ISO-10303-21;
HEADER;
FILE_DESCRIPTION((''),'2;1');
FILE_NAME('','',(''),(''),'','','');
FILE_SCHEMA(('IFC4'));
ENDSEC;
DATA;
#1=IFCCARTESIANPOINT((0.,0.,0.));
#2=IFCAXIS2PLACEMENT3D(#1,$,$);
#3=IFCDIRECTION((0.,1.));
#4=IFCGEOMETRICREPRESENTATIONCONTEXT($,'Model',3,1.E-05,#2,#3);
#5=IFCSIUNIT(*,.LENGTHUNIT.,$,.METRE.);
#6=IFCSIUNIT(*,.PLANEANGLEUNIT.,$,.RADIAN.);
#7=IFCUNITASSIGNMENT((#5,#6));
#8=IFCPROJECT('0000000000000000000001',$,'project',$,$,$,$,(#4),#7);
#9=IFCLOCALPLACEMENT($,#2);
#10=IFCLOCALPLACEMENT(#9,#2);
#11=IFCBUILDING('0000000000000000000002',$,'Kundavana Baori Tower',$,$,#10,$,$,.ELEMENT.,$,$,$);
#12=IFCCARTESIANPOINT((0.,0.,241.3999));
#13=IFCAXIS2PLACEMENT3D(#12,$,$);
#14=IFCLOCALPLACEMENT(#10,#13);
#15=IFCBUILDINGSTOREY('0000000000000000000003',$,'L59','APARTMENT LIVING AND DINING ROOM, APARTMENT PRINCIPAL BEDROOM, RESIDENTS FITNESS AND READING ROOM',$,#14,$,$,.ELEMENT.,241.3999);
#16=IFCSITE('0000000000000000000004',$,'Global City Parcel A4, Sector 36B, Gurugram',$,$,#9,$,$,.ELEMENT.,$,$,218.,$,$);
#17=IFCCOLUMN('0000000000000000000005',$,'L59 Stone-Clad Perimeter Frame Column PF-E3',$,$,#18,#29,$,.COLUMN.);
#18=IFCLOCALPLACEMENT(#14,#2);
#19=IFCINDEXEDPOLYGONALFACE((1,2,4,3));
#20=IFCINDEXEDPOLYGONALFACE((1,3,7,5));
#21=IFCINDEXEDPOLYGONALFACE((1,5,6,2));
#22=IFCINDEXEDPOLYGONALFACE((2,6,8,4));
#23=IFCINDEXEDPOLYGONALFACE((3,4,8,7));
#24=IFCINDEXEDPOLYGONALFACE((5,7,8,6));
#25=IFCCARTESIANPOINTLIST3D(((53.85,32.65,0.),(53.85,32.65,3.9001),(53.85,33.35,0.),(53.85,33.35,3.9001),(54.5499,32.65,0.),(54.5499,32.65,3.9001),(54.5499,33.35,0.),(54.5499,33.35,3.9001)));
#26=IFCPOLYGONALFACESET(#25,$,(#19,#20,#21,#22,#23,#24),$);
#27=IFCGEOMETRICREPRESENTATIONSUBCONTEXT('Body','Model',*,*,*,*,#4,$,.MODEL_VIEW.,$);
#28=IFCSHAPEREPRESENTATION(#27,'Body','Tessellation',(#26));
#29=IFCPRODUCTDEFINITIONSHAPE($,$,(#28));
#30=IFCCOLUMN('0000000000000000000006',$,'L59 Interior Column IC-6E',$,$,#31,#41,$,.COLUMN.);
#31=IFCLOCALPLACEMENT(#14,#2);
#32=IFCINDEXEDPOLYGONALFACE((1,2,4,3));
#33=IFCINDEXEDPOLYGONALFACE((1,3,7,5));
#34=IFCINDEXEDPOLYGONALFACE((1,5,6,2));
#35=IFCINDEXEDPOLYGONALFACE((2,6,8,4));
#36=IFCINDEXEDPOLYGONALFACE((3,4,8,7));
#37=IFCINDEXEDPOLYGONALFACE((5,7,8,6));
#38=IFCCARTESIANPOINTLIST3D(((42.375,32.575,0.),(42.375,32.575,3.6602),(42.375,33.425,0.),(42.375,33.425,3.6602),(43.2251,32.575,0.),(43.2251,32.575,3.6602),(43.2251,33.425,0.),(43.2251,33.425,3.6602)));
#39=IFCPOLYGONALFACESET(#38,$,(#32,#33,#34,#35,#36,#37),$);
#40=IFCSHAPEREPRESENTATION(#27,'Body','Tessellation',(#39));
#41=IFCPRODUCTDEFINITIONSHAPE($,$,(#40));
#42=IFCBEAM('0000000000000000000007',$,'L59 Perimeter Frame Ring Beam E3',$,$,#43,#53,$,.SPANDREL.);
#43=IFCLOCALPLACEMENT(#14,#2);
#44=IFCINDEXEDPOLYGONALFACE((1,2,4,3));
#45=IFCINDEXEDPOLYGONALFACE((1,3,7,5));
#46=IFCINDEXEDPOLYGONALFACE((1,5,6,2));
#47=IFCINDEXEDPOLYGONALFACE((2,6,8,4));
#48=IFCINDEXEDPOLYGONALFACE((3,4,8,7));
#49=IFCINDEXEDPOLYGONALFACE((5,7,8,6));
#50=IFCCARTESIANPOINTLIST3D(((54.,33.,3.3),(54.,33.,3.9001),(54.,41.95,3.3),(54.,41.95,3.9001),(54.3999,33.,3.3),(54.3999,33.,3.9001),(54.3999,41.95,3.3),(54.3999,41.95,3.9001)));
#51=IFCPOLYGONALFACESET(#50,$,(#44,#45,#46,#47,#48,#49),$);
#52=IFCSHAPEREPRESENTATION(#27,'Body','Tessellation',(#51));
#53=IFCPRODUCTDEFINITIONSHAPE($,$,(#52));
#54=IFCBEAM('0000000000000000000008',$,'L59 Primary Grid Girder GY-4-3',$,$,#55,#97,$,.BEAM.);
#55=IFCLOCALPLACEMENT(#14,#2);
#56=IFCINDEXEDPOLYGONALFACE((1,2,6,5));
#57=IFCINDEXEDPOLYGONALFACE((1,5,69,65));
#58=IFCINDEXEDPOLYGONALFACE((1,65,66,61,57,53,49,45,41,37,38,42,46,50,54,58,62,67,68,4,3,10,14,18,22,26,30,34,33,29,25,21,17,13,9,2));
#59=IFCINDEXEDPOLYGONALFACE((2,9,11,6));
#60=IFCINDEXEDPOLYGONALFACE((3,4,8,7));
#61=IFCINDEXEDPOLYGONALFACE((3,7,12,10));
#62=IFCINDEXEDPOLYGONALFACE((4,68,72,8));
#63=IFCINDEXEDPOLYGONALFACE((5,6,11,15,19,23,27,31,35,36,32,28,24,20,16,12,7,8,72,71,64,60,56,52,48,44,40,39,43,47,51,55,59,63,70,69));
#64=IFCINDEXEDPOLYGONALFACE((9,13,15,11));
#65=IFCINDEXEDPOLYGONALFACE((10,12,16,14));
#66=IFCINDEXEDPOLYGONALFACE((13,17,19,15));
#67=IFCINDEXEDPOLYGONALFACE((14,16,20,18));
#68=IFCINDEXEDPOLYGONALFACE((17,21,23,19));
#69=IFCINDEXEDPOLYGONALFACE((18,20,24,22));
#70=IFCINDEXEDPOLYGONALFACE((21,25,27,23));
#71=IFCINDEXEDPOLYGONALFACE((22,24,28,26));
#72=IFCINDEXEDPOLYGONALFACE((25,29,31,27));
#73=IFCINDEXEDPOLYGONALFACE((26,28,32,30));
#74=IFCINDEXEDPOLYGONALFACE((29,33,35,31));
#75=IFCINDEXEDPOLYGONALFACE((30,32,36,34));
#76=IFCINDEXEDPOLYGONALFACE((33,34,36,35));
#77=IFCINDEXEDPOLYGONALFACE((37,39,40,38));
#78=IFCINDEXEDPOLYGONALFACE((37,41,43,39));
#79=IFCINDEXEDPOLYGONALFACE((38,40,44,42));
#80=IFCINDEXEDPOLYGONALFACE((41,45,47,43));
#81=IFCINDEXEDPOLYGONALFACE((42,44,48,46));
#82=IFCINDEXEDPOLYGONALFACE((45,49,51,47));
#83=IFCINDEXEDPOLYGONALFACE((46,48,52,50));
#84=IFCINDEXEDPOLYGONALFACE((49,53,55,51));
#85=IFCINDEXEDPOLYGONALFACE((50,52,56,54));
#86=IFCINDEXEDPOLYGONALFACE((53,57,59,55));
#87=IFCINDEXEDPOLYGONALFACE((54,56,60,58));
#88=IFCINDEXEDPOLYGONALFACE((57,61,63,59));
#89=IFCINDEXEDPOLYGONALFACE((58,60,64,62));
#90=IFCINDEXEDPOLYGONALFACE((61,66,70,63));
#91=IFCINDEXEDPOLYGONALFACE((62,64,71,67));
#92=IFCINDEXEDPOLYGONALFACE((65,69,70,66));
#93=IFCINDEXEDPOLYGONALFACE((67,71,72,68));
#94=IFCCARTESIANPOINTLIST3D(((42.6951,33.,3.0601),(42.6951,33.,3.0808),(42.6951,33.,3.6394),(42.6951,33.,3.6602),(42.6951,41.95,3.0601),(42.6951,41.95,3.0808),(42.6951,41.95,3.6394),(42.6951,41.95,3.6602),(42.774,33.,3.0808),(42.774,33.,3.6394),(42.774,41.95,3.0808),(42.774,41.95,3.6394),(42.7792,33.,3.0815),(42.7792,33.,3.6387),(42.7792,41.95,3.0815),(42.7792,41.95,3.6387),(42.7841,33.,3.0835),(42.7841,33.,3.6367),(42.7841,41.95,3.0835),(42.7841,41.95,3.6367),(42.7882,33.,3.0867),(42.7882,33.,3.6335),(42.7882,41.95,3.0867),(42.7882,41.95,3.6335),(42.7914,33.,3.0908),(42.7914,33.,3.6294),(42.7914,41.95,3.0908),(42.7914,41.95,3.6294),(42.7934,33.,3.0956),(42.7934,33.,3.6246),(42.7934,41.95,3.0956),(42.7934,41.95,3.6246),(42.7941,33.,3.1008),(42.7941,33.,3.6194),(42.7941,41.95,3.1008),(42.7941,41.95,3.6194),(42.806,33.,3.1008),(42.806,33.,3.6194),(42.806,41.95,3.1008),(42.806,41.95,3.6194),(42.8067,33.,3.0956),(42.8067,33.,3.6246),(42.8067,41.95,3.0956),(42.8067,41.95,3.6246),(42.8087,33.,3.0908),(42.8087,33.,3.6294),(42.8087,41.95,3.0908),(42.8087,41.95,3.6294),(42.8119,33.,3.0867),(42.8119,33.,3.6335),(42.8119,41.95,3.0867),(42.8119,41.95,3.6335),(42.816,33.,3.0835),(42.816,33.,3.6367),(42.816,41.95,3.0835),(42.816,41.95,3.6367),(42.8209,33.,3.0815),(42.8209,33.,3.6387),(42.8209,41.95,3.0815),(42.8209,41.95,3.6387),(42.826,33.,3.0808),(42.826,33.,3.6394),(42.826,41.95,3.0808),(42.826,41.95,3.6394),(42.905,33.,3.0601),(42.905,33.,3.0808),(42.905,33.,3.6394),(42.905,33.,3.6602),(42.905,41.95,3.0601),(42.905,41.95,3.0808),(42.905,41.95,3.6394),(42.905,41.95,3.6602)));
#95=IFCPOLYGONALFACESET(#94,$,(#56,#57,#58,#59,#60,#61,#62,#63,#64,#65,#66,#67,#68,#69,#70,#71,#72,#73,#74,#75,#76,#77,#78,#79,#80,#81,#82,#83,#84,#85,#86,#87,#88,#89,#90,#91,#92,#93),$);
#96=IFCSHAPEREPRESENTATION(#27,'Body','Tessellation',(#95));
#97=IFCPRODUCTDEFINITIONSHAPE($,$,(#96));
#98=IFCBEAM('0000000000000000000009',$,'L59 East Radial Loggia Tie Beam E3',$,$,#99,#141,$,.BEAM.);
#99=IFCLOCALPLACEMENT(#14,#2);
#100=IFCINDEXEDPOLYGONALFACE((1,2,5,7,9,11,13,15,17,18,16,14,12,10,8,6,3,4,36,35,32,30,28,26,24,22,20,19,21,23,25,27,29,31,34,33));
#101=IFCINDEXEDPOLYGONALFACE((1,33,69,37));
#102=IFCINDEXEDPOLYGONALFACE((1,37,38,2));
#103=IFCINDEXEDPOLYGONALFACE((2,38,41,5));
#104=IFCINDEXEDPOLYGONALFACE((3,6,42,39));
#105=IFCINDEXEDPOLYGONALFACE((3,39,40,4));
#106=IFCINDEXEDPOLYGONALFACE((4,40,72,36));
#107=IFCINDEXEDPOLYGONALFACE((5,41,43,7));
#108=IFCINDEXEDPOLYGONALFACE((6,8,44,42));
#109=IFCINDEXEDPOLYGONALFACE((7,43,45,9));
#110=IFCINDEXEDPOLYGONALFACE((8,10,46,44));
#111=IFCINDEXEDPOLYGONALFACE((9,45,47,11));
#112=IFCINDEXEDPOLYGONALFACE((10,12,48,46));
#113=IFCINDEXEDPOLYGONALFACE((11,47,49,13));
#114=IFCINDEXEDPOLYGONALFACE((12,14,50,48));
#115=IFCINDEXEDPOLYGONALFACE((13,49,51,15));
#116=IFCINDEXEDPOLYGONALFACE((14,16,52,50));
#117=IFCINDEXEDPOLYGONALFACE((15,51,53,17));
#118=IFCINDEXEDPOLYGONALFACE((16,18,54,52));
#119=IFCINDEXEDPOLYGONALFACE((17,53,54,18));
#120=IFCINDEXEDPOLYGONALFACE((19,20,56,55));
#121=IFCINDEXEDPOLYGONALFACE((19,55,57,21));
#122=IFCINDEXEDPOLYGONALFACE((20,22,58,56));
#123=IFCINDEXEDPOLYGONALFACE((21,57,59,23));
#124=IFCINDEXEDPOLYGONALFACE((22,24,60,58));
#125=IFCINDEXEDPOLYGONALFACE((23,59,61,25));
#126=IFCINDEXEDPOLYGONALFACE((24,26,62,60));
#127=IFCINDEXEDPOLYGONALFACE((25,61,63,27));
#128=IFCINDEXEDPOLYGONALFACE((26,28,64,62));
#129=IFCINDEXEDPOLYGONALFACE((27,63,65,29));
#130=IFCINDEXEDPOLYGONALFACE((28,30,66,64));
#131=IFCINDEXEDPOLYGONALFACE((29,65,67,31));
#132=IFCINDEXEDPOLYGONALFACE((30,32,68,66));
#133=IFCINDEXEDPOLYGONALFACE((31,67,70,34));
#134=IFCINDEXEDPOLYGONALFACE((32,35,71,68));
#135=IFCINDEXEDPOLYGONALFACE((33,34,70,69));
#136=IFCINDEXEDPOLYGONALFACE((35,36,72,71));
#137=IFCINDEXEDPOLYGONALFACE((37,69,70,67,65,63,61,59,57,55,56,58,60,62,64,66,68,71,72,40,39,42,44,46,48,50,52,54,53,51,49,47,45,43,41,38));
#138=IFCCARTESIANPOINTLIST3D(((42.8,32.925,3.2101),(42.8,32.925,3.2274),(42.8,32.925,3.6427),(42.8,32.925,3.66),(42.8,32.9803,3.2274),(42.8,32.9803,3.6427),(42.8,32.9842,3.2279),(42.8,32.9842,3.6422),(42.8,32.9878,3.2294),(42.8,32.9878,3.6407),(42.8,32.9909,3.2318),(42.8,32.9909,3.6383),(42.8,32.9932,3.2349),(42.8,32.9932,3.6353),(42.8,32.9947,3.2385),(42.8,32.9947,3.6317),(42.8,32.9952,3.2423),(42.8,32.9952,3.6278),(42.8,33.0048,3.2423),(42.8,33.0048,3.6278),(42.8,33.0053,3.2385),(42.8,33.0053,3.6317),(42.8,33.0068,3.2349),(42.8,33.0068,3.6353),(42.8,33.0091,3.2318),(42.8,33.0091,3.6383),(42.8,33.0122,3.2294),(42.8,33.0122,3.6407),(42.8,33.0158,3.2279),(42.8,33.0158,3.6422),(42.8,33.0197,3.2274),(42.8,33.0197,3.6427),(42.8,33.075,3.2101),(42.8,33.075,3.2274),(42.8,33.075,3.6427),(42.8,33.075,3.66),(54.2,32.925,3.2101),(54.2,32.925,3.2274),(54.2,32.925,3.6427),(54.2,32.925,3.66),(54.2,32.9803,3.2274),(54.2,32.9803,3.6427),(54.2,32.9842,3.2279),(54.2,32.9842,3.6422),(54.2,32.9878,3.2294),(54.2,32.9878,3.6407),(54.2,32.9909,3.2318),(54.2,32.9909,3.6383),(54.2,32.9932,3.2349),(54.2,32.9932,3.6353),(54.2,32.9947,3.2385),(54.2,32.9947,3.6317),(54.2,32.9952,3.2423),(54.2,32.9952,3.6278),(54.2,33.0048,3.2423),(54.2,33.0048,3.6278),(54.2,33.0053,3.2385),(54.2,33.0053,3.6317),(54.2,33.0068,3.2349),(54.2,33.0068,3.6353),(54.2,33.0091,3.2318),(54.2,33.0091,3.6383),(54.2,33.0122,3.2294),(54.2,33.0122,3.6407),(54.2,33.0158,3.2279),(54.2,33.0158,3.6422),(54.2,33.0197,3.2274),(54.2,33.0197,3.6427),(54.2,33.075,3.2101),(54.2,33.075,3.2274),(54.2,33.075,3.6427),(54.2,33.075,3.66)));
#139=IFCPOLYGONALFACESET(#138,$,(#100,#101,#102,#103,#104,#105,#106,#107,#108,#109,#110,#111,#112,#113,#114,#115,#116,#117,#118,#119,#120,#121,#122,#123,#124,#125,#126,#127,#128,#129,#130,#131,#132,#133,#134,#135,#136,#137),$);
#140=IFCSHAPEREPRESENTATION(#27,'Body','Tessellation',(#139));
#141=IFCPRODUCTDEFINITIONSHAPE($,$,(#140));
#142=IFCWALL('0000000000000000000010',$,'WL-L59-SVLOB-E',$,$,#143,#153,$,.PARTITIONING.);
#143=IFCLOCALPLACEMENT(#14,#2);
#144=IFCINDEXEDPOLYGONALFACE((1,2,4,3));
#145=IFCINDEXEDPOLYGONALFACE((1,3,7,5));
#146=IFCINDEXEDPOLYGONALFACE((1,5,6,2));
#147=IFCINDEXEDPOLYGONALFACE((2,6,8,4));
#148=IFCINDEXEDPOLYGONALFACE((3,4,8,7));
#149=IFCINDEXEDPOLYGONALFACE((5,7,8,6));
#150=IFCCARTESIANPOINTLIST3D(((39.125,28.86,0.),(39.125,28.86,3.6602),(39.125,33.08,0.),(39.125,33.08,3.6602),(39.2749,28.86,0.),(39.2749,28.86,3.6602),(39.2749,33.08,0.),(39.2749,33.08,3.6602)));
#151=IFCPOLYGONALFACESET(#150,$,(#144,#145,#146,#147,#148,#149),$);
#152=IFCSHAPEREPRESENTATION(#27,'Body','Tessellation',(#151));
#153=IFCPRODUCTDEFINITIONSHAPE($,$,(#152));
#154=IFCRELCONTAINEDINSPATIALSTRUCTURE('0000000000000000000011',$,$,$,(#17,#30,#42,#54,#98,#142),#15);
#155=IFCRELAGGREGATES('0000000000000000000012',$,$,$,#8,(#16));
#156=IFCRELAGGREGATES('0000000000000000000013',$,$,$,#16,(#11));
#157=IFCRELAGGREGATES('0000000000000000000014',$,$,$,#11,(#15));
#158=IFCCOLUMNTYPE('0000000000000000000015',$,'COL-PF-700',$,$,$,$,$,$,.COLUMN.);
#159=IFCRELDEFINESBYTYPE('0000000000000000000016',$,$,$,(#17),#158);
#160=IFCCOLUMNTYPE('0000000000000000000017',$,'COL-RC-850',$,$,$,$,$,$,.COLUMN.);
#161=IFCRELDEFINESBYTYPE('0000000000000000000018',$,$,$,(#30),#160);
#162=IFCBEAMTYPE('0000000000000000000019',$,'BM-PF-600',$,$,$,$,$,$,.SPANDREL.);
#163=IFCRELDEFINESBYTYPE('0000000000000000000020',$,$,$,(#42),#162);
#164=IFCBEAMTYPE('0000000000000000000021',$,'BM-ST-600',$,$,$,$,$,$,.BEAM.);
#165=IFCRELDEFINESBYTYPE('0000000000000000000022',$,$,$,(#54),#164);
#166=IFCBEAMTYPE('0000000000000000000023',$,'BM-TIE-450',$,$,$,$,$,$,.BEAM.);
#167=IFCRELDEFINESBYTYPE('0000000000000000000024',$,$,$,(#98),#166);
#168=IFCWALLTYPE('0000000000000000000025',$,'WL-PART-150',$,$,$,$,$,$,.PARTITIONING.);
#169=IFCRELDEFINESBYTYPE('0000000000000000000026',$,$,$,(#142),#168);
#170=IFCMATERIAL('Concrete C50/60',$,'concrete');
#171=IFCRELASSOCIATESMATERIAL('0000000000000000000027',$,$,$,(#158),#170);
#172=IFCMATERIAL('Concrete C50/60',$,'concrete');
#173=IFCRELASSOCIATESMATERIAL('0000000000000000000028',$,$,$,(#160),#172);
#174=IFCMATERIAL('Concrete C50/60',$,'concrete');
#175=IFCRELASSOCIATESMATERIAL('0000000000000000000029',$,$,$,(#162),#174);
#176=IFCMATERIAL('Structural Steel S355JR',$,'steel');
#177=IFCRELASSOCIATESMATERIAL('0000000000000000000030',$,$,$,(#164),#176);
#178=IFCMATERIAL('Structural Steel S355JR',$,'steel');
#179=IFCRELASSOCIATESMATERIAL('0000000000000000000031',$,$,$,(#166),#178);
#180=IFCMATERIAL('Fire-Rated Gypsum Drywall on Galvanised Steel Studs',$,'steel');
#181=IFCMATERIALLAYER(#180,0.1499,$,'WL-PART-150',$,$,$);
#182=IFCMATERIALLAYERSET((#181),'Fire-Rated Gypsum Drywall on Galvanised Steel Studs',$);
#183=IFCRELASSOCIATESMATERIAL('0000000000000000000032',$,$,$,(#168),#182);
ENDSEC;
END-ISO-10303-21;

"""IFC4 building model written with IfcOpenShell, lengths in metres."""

from ifc_helpers import new_model, si_unit, direction, frame, frame_2d, origin, origin_2d, place, context, subcontext, project, spatial, rectangle, i_section, extrude, material, layer, layer_set, material_profile, profile_set, type_object, element, save


model = new_model("IFC4")

# Units and contexts
model_context = context("Model", 3, precision=1e-05, world=origin(), true_north=direction((0.0, 1.0)))
body_context = subcontext(model_context, "Body", "Model", "MODEL_VIEW")
ifc_project = project(units=[si_unit("LENGTHUNIT", "METRE"), si_unit("PLANEANGLEUNIT", "RADIAN")], contexts=[model_context])

# Site, building, storey
site_placement = place(None, origin())
site = spatial("IfcSite", under=ifc_project, at=site_placement, Name="Global City Parcel A4, Sector 36B, Gurugram", CompositionType="ELEMENT", RefElevation=218.0)
building_placement = place(site_placement, origin())
building = spatial("IfcBuilding", under=site, at=building_placement, Name="Kundavana Baori Tower", CompositionType="ELEMENT")
storey_placement = place(building_placement, frame((0.0, 0.0, 241.3999)))
storey = spatial("IfcBuildingStorey", under=building, at=storey_placement, Name="L59", Description="APARTMENT LIVING AND DINING ROOM, APARTMENT PRINCIPAL BEDROOM, RESIDENTS FITNESS AND READING ROOM", CompositionType="ELEMENT", Elevation=241.3999)

# Columns
ifc_material_1 = material(Name="Concrete C50/60", Category="concrete")
ifc_material_profile_1 = material_profile(ifc_material_1, rectangle(XDim=0.7, YDim=0.7, at=origin_2d()), Name="RC PF 700x700")
ifc_profile_set_1 = profile_set([ifc_material_profile_1], Name="Concrete C50/60")
column_type_1 = type_object("IfcColumnType", Name="COL-PF-700", PredefinedType="COLUMN", material=ifc_profile_set_1)
column_1_placement = place(storey_placement, frame((54.2, 33.0, 0.0), z_axis=(0.0, 0.0, 1.0), x_axis=(1.0, 0.0, 0.0)))
element("IfcColumn", 1, at=column_1_placement, inside=storey, type_object=column_type_1, Name="L59 Stone-Clad Perimeter Frame Column PF-E3", PredefinedType="COLUMN", context=body_context, shape_type="SweptSolid", body=[
    extrude(rectangle(XDim=0.7, YDim=0.7, at=origin_2d()), origin(), (0.0, 0.0, 1.0), 3.9001),
])
ifc_material_2 = material(Name="Concrete C50/60", Category="concrete")
ifc_material_profile_2 = material_profile(ifc_material_2, rectangle(XDim=0.8501, YDim=0.8501, at=origin_2d()), Name="RC 850x850")
ifc_profile_set_2 = profile_set([ifc_material_profile_2], Name="Concrete C50/60")
column_type_2 = type_object("IfcColumnType", Name="COL-RC-850", PredefinedType="COLUMN", material=ifc_profile_set_2)
column_2_placement = place(storey_placement, frame((42.8, 33.0, 0.0), z_axis=(0.0, 0.0, 1.0), x_axis=(1.0, 0.0, 0.0)))
element("IfcColumn", 2, at=column_2_placement, inside=storey, type_object=column_type_2, Name="L59 Interior Column IC-6E", PredefinedType="COLUMN", context=body_context, shape_type="SweptSolid", body=[
    extrude(rectangle(XDim=0.8501, YDim=0.8501, at=origin_2d()), origin(), (0.0, 0.0, 1.0), 3.6602),
])

# Beams
ifc_material_3 = material(Name="Concrete C50/60", Category="concrete")
ifc_material_profile_3 = material_profile(ifc_material_3, rectangle(XDim=0.3999, YDim=0.6001, at=origin_2d()), Name="RC BM 400x600")
ifc_profile_set_3 = profile_set([ifc_material_profile_3], Name="Concrete C50/60")
beam_type_1 = type_object("IfcBeamType", Name="BM-PF-600", PredefinedType="SPANDREL", material=ifc_profile_set_3)
beam_1_placement = place(storey_placement, frame((54.2, 33.0, 3.6001), z_axis=(0.0, 1.0, 0.0), x_axis=(-1.0, 0.0, 0.0)))
element("IfcBeam", 3, at=beam_1_placement, inside=storey, type_object=beam_type_1, Name="L59 Perimeter Frame Ring Beam E3", PredefinedType="SPANDREL", context=body_context, shape_type="SweptSolid", body=[
    extrude(rectangle(XDim=0.3999, YDim=0.6001, at=origin_2d()), origin(), (0.0, 0.0, 1.0), 8.95),
])
ifc_material_4 = material(Name="Structural Steel S355JR", Category="steel")
ifc_material_profile_4 = material_profile(ifc_material_4, i_section(OverallWidth=0.21, OverallDepth=0.6001, WebThickness=0.012, FlangeThickness=0.0208, FilletRadius=0.02, at=origin_2d()), Name="ISMB 600")
ifc_profile_set_4 = profile_set([ifc_material_profile_4], Name="Structural Steel S355JR")
beam_type_2 = type_object("IfcBeamType", Name="BM-ST-600", PredefinedType="BEAM", material=ifc_profile_set_4)
beam_2_placement = place(storey_placement, frame((42.8, 33.0, 3.3601), z_axis=(0.0, 1.0, 0.0), x_axis=(-1.0, 0.0, 0.0)))
element("IfcBeam", 4, at=beam_2_placement, inside=storey, type_object=beam_type_2, Name="L59 Primary Grid Girder GY-4-3", PredefinedType="BEAM", context=body_context, shape_type="SweptSolid", body=[
    extrude(i_section(OverallWidth=0.21, OverallDepth=0.6001, WebThickness=0.012, FlangeThickness=0.0208, FilletRadius=0.02, at=origin_2d()), origin(), (0.0, 0.0, 1.0), 8.95),
])
ifc_material_5 = material(Name="Structural Steel S355JR", Category="steel")
ifc_material_profile_5 = material_profile(ifc_material_5, i_section(OverallWidth=0.1499, OverallDepth=0.45, WebThickness=0.0095, FlangeThickness=0.0173, FilletRadius=0.0149, at=origin_2d()), Name="ISMB 450")
ifc_profile_set_5 = profile_set([ifc_material_profile_5], Name="Structural Steel S355JR")
beam_type_3 = type_object("IfcBeamType", Name="BM-TIE-450", PredefinedType="BEAM", material=ifc_profile_set_5)
beam_3_placement = place(storey_placement, frame((42.8, 33.0, 3.4351), z_axis=(1.0, 0.0, 0.0), x_axis=(0.0, 1.0, 0.0)))
element("IfcBeam", 5, at=beam_3_placement, inside=storey, type_object=beam_type_3, Name="L59 East Radial Loggia Tie Beam E3", PredefinedType="BEAM", context=body_context, shape_type="SweptSolid", body=[
    extrude(i_section(OverallWidth=0.1499, OverallDepth=0.45, WebThickness=0.0095, FlangeThickness=0.0173, FilletRadius=0.0149, at=origin_2d()), origin(), (0.0, 0.0, 1.0), 11.3999),
])

# Wall
ifc_material_6 = material(Name="Fire-Rated Gypsum Drywall on Galvanised Steel Studs", Category="steel")
ifc_layer_1 = layer(ifc_material_6, 0.1499, Name="WL-PART-150")
ifc_layer_set_1 = layer_set([ifc_layer_1], Name="Fire-Rated Gypsum Drywall on Galvanised Steel Studs")
wall_type_1 = type_object("IfcWallType", Name="WL-PART-150", PredefinedType="PARTITIONING", material=ifc_layer_set_1)
wall_1_placement = place(storey_placement, frame((39.2, 28.8601, 0.0), z_axis=(0.0, 0.0, 1.0), x_axis=(0.0, 1.0, 0.0)))
element("IfcWall", 6, at=wall_1_placement, inside=storey, type_object=wall_type_1, Name="WL-L59-SVLOB-E", PredefinedType="PARTITIONING", context=body_context, shape_type="SweptSolid", body=[
    extrude(rectangle(XDim=4.22, YDim=0.1499, at=frame_2d((2.1099, 0.0))), origin(), (0.0, 0.0, 1.0), 3.6602),
])

save(model, "model.ifc")
